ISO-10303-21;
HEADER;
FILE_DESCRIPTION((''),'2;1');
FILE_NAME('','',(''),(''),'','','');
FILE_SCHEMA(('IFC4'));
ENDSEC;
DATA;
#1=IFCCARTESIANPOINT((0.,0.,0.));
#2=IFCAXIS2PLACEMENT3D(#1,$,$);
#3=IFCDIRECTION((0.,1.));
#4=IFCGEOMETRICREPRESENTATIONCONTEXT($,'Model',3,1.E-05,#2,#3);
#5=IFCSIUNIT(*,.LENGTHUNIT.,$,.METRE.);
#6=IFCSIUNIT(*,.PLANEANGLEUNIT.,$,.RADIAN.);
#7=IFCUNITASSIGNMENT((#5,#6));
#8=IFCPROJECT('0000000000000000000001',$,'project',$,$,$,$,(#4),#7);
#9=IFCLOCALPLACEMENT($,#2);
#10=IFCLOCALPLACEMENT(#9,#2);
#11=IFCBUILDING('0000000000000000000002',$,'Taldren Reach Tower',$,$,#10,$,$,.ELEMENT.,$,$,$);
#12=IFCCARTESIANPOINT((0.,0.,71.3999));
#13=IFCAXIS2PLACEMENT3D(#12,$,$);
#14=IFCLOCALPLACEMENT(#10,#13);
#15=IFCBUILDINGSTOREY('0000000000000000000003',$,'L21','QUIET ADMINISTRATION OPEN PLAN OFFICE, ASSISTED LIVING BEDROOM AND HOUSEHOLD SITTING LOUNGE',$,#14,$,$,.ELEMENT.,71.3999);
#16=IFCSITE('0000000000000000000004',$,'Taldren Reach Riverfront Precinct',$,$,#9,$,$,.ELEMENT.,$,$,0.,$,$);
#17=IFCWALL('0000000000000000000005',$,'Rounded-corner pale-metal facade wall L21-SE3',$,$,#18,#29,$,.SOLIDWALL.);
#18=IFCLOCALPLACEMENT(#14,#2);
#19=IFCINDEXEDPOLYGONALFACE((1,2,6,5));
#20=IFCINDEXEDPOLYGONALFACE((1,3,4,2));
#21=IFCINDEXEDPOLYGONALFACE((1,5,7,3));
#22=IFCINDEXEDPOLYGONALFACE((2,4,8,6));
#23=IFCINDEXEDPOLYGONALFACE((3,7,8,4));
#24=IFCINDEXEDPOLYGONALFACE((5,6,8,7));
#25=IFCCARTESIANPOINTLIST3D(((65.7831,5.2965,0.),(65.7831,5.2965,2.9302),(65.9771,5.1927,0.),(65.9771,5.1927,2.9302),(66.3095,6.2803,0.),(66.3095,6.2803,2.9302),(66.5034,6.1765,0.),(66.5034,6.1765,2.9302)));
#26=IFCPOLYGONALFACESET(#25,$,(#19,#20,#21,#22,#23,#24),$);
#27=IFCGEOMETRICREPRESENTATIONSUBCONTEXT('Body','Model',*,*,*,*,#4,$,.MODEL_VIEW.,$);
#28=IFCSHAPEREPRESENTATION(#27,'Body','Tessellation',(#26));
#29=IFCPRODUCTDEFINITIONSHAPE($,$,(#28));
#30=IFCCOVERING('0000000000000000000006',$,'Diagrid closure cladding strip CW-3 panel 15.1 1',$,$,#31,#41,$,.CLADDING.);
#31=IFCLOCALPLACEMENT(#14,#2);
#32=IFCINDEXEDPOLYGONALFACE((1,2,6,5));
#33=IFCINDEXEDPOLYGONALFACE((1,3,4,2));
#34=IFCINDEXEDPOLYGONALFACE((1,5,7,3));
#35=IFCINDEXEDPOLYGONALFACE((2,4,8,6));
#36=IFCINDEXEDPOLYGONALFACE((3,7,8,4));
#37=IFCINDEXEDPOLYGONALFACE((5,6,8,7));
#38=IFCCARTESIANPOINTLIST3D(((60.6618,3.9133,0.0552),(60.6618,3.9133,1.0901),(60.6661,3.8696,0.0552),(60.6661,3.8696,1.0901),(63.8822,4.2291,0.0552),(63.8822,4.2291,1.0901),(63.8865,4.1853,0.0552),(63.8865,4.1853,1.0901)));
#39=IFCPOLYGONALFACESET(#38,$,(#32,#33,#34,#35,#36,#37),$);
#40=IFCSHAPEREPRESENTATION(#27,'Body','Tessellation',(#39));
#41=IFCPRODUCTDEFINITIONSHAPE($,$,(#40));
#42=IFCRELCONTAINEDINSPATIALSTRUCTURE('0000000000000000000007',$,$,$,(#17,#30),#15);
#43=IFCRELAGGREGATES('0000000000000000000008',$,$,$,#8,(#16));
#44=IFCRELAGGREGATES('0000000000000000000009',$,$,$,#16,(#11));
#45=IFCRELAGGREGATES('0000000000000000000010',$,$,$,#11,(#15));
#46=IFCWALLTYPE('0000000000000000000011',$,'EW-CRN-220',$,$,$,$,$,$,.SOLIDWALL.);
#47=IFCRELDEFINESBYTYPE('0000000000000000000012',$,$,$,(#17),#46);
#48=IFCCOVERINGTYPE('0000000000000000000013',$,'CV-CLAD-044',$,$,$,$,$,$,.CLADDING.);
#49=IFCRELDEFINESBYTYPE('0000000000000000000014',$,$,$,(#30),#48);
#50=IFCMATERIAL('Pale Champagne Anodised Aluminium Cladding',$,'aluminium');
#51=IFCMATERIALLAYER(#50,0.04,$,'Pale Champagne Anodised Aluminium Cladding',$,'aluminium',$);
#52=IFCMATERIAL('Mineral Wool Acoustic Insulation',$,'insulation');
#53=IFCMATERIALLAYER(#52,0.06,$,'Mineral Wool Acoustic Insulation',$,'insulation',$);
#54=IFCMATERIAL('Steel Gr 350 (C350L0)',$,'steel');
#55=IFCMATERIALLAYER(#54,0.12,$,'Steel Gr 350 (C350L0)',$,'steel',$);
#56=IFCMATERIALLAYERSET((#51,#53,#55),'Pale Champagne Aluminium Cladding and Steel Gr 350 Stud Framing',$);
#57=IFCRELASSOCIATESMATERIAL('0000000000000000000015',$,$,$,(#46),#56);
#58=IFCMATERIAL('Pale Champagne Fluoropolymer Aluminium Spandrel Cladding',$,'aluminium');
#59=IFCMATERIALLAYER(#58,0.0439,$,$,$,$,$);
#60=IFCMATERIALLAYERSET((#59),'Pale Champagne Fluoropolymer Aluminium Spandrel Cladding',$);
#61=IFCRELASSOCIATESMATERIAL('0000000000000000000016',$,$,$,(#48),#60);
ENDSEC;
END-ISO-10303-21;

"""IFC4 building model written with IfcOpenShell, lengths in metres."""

from ifc_helpers import new_model, si_unit, direction, frame, frame_2d, origin, origin_2d, place, context, subcontext, project, spatial, rectangle, extrude, source, transform, mapped, material, layer, layer_set, type_object, element, save


model = new_model("IFC4")

# Units and contexts
model_context = context("Model", 3, precision=1e-05, world=origin(), true_north=direction((0.0, 1.0)))
body_context = subcontext(model_context, "Body", "Model", "MODEL_VIEW")
ifc_project = project(units=[si_unit("LENGTHUNIT", "METRE"), si_unit("PLANEANGLEUNIT", "RADIAN")], contexts=[model_context])

# Site, building, storey
site_placement = place(None, origin())
site = spatial("IfcSite", under=ifc_project, at=site_placement, Name="Taldren Reach Riverfront Precinct", CompositionType="ELEMENT", RefElevation=0.0)
building_placement = place(site_placement, origin())
building = spatial("IfcBuilding", under=site, at=building_placement, Name="Taldren Reach Tower", CompositionType="ELEMENT")
storey_placement = place(building_placement, frame((0.0, 0.0, 71.3999)))
storey = spatial("IfcBuildingStorey", under=building, at=storey_placement, Name="L21", Description="QUIET ADMINISTRATION OPEN PLAN OFFICE, ASSISTED LIVING BEDROOM AND HOUSEHOLD SITTING LOUNGE", CompositionType="ELEMENT", Elevation=71.3999)

# Shared definitions
ifc_material_1 = material(Name="Steel Gr 350 (C350L0)", Category="steel")

# Wall
ifc_material_2 = material(Name="Pale Champagne Anodised Aluminium Cladding", Category="aluminium")
ifc_layer_1 = layer(ifc_material_2, 0.04, Name="Pale Champagne Anodised Aluminium Cladding", Category="aluminium")
ifc_material_3 = material(Name="Mineral Wool Acoustic Insulation", Category="insulation")
ifc_layer_2 = layer(ifc_material_3, 0.06, Name="Mineral Wool Acoustic Insulation", Category="insulation")
ifc_layer_3 = layer(ifc_material_1, 0.12, Name="Steel Gr 350 (C350L0)", Category="steel")
ifc_layer_set_1 = layer_set([ifc_layer_1, ifc_layer_2, ifc_layer_3], Name="Pale Champagne Aluminium Cladding and Steel Gr 350 Stud Framing")
wall_type = type_object("IfcWallType", Name="EW-CRN-220", PredefinedType="SOLIDWALL", material=ifc_layer_set_1)
shared_shape_1 = source(origin(), body_context, "Body", "SweptSolid", [
    extrude(rectangle(XDim=1.1157, YDim=0.22, at=frame_2d((0.5579, 0.0))), origin(), (0.0, 0.0, 1.0), 2.9302),
])
for number, where, z_axis, x_axis, name in (
    (1, (65.8801, 5.2446, 0.0), (0.0, 0.0, 1.0), (0.471723, 0.881747, 0.0), "Rounded-corner pale-metal facade wall L21-SE3"),
):
    element("IfcWall", number, at=place(storey_placement, frame(where, z_axis=z_axis, x_axis=x_axis)), inside=storey, type_object=wall_type, Name=name, PredefinedType="SOLIDWALL", context=body_context, shape_type="MappedRepresentation", body=[
        mapped(shared_shape_1, transform((0.0, 0.0, 0.0), scale=1.0)),
    ])

# Covering
ifc_material_4 = material(Name="Pale Champagne Fluoropolymer Aluminium Spandrel Cladding", Category="aluminium")
ifc_layer_4 = layer(ifc_material_4, 0.0439)
ifc_layer_set_2 = layer_set([ifc_layer_4], Name="Pale Champagne Fluoropolymer Aluminium Spandrel Cladding")
covering_type = type_object("IfcCoveringType", Name="CV-CLAD-044", PredefinedType="CLADDING", material=ifc_layer_set_2)
shared_shape_2 = source(origin(), body_context, "Body", "SweptSolid", [
    extrude(rectangle(XDim=3.2358, YDim=0.0439, at=origin_2d()), origin(), (0.0, 0.0, 1.0), 1.0349),
])
covering_placement = place(storey_placement, frame((62.2742, 4.0493, 0.0552), z_axis=(0.0, 0.0, 1.0), x_axis=(0.995227, 0.097583, 0.0)))
element("IfcCovering", 2, at=covering_placement, inside=storey, type_object=covering_type, Name="Diagrid closure cladding strip CW-3 panel 15.1 1", PredefinedType="CLADDING", context=body_context, shape_type="MappedRepresentation", body=[
    mapped(shared_shape_2, transform((0.0, 0.0, 0.0), scale=1.0)),
])

save(model, "model.ifc")
